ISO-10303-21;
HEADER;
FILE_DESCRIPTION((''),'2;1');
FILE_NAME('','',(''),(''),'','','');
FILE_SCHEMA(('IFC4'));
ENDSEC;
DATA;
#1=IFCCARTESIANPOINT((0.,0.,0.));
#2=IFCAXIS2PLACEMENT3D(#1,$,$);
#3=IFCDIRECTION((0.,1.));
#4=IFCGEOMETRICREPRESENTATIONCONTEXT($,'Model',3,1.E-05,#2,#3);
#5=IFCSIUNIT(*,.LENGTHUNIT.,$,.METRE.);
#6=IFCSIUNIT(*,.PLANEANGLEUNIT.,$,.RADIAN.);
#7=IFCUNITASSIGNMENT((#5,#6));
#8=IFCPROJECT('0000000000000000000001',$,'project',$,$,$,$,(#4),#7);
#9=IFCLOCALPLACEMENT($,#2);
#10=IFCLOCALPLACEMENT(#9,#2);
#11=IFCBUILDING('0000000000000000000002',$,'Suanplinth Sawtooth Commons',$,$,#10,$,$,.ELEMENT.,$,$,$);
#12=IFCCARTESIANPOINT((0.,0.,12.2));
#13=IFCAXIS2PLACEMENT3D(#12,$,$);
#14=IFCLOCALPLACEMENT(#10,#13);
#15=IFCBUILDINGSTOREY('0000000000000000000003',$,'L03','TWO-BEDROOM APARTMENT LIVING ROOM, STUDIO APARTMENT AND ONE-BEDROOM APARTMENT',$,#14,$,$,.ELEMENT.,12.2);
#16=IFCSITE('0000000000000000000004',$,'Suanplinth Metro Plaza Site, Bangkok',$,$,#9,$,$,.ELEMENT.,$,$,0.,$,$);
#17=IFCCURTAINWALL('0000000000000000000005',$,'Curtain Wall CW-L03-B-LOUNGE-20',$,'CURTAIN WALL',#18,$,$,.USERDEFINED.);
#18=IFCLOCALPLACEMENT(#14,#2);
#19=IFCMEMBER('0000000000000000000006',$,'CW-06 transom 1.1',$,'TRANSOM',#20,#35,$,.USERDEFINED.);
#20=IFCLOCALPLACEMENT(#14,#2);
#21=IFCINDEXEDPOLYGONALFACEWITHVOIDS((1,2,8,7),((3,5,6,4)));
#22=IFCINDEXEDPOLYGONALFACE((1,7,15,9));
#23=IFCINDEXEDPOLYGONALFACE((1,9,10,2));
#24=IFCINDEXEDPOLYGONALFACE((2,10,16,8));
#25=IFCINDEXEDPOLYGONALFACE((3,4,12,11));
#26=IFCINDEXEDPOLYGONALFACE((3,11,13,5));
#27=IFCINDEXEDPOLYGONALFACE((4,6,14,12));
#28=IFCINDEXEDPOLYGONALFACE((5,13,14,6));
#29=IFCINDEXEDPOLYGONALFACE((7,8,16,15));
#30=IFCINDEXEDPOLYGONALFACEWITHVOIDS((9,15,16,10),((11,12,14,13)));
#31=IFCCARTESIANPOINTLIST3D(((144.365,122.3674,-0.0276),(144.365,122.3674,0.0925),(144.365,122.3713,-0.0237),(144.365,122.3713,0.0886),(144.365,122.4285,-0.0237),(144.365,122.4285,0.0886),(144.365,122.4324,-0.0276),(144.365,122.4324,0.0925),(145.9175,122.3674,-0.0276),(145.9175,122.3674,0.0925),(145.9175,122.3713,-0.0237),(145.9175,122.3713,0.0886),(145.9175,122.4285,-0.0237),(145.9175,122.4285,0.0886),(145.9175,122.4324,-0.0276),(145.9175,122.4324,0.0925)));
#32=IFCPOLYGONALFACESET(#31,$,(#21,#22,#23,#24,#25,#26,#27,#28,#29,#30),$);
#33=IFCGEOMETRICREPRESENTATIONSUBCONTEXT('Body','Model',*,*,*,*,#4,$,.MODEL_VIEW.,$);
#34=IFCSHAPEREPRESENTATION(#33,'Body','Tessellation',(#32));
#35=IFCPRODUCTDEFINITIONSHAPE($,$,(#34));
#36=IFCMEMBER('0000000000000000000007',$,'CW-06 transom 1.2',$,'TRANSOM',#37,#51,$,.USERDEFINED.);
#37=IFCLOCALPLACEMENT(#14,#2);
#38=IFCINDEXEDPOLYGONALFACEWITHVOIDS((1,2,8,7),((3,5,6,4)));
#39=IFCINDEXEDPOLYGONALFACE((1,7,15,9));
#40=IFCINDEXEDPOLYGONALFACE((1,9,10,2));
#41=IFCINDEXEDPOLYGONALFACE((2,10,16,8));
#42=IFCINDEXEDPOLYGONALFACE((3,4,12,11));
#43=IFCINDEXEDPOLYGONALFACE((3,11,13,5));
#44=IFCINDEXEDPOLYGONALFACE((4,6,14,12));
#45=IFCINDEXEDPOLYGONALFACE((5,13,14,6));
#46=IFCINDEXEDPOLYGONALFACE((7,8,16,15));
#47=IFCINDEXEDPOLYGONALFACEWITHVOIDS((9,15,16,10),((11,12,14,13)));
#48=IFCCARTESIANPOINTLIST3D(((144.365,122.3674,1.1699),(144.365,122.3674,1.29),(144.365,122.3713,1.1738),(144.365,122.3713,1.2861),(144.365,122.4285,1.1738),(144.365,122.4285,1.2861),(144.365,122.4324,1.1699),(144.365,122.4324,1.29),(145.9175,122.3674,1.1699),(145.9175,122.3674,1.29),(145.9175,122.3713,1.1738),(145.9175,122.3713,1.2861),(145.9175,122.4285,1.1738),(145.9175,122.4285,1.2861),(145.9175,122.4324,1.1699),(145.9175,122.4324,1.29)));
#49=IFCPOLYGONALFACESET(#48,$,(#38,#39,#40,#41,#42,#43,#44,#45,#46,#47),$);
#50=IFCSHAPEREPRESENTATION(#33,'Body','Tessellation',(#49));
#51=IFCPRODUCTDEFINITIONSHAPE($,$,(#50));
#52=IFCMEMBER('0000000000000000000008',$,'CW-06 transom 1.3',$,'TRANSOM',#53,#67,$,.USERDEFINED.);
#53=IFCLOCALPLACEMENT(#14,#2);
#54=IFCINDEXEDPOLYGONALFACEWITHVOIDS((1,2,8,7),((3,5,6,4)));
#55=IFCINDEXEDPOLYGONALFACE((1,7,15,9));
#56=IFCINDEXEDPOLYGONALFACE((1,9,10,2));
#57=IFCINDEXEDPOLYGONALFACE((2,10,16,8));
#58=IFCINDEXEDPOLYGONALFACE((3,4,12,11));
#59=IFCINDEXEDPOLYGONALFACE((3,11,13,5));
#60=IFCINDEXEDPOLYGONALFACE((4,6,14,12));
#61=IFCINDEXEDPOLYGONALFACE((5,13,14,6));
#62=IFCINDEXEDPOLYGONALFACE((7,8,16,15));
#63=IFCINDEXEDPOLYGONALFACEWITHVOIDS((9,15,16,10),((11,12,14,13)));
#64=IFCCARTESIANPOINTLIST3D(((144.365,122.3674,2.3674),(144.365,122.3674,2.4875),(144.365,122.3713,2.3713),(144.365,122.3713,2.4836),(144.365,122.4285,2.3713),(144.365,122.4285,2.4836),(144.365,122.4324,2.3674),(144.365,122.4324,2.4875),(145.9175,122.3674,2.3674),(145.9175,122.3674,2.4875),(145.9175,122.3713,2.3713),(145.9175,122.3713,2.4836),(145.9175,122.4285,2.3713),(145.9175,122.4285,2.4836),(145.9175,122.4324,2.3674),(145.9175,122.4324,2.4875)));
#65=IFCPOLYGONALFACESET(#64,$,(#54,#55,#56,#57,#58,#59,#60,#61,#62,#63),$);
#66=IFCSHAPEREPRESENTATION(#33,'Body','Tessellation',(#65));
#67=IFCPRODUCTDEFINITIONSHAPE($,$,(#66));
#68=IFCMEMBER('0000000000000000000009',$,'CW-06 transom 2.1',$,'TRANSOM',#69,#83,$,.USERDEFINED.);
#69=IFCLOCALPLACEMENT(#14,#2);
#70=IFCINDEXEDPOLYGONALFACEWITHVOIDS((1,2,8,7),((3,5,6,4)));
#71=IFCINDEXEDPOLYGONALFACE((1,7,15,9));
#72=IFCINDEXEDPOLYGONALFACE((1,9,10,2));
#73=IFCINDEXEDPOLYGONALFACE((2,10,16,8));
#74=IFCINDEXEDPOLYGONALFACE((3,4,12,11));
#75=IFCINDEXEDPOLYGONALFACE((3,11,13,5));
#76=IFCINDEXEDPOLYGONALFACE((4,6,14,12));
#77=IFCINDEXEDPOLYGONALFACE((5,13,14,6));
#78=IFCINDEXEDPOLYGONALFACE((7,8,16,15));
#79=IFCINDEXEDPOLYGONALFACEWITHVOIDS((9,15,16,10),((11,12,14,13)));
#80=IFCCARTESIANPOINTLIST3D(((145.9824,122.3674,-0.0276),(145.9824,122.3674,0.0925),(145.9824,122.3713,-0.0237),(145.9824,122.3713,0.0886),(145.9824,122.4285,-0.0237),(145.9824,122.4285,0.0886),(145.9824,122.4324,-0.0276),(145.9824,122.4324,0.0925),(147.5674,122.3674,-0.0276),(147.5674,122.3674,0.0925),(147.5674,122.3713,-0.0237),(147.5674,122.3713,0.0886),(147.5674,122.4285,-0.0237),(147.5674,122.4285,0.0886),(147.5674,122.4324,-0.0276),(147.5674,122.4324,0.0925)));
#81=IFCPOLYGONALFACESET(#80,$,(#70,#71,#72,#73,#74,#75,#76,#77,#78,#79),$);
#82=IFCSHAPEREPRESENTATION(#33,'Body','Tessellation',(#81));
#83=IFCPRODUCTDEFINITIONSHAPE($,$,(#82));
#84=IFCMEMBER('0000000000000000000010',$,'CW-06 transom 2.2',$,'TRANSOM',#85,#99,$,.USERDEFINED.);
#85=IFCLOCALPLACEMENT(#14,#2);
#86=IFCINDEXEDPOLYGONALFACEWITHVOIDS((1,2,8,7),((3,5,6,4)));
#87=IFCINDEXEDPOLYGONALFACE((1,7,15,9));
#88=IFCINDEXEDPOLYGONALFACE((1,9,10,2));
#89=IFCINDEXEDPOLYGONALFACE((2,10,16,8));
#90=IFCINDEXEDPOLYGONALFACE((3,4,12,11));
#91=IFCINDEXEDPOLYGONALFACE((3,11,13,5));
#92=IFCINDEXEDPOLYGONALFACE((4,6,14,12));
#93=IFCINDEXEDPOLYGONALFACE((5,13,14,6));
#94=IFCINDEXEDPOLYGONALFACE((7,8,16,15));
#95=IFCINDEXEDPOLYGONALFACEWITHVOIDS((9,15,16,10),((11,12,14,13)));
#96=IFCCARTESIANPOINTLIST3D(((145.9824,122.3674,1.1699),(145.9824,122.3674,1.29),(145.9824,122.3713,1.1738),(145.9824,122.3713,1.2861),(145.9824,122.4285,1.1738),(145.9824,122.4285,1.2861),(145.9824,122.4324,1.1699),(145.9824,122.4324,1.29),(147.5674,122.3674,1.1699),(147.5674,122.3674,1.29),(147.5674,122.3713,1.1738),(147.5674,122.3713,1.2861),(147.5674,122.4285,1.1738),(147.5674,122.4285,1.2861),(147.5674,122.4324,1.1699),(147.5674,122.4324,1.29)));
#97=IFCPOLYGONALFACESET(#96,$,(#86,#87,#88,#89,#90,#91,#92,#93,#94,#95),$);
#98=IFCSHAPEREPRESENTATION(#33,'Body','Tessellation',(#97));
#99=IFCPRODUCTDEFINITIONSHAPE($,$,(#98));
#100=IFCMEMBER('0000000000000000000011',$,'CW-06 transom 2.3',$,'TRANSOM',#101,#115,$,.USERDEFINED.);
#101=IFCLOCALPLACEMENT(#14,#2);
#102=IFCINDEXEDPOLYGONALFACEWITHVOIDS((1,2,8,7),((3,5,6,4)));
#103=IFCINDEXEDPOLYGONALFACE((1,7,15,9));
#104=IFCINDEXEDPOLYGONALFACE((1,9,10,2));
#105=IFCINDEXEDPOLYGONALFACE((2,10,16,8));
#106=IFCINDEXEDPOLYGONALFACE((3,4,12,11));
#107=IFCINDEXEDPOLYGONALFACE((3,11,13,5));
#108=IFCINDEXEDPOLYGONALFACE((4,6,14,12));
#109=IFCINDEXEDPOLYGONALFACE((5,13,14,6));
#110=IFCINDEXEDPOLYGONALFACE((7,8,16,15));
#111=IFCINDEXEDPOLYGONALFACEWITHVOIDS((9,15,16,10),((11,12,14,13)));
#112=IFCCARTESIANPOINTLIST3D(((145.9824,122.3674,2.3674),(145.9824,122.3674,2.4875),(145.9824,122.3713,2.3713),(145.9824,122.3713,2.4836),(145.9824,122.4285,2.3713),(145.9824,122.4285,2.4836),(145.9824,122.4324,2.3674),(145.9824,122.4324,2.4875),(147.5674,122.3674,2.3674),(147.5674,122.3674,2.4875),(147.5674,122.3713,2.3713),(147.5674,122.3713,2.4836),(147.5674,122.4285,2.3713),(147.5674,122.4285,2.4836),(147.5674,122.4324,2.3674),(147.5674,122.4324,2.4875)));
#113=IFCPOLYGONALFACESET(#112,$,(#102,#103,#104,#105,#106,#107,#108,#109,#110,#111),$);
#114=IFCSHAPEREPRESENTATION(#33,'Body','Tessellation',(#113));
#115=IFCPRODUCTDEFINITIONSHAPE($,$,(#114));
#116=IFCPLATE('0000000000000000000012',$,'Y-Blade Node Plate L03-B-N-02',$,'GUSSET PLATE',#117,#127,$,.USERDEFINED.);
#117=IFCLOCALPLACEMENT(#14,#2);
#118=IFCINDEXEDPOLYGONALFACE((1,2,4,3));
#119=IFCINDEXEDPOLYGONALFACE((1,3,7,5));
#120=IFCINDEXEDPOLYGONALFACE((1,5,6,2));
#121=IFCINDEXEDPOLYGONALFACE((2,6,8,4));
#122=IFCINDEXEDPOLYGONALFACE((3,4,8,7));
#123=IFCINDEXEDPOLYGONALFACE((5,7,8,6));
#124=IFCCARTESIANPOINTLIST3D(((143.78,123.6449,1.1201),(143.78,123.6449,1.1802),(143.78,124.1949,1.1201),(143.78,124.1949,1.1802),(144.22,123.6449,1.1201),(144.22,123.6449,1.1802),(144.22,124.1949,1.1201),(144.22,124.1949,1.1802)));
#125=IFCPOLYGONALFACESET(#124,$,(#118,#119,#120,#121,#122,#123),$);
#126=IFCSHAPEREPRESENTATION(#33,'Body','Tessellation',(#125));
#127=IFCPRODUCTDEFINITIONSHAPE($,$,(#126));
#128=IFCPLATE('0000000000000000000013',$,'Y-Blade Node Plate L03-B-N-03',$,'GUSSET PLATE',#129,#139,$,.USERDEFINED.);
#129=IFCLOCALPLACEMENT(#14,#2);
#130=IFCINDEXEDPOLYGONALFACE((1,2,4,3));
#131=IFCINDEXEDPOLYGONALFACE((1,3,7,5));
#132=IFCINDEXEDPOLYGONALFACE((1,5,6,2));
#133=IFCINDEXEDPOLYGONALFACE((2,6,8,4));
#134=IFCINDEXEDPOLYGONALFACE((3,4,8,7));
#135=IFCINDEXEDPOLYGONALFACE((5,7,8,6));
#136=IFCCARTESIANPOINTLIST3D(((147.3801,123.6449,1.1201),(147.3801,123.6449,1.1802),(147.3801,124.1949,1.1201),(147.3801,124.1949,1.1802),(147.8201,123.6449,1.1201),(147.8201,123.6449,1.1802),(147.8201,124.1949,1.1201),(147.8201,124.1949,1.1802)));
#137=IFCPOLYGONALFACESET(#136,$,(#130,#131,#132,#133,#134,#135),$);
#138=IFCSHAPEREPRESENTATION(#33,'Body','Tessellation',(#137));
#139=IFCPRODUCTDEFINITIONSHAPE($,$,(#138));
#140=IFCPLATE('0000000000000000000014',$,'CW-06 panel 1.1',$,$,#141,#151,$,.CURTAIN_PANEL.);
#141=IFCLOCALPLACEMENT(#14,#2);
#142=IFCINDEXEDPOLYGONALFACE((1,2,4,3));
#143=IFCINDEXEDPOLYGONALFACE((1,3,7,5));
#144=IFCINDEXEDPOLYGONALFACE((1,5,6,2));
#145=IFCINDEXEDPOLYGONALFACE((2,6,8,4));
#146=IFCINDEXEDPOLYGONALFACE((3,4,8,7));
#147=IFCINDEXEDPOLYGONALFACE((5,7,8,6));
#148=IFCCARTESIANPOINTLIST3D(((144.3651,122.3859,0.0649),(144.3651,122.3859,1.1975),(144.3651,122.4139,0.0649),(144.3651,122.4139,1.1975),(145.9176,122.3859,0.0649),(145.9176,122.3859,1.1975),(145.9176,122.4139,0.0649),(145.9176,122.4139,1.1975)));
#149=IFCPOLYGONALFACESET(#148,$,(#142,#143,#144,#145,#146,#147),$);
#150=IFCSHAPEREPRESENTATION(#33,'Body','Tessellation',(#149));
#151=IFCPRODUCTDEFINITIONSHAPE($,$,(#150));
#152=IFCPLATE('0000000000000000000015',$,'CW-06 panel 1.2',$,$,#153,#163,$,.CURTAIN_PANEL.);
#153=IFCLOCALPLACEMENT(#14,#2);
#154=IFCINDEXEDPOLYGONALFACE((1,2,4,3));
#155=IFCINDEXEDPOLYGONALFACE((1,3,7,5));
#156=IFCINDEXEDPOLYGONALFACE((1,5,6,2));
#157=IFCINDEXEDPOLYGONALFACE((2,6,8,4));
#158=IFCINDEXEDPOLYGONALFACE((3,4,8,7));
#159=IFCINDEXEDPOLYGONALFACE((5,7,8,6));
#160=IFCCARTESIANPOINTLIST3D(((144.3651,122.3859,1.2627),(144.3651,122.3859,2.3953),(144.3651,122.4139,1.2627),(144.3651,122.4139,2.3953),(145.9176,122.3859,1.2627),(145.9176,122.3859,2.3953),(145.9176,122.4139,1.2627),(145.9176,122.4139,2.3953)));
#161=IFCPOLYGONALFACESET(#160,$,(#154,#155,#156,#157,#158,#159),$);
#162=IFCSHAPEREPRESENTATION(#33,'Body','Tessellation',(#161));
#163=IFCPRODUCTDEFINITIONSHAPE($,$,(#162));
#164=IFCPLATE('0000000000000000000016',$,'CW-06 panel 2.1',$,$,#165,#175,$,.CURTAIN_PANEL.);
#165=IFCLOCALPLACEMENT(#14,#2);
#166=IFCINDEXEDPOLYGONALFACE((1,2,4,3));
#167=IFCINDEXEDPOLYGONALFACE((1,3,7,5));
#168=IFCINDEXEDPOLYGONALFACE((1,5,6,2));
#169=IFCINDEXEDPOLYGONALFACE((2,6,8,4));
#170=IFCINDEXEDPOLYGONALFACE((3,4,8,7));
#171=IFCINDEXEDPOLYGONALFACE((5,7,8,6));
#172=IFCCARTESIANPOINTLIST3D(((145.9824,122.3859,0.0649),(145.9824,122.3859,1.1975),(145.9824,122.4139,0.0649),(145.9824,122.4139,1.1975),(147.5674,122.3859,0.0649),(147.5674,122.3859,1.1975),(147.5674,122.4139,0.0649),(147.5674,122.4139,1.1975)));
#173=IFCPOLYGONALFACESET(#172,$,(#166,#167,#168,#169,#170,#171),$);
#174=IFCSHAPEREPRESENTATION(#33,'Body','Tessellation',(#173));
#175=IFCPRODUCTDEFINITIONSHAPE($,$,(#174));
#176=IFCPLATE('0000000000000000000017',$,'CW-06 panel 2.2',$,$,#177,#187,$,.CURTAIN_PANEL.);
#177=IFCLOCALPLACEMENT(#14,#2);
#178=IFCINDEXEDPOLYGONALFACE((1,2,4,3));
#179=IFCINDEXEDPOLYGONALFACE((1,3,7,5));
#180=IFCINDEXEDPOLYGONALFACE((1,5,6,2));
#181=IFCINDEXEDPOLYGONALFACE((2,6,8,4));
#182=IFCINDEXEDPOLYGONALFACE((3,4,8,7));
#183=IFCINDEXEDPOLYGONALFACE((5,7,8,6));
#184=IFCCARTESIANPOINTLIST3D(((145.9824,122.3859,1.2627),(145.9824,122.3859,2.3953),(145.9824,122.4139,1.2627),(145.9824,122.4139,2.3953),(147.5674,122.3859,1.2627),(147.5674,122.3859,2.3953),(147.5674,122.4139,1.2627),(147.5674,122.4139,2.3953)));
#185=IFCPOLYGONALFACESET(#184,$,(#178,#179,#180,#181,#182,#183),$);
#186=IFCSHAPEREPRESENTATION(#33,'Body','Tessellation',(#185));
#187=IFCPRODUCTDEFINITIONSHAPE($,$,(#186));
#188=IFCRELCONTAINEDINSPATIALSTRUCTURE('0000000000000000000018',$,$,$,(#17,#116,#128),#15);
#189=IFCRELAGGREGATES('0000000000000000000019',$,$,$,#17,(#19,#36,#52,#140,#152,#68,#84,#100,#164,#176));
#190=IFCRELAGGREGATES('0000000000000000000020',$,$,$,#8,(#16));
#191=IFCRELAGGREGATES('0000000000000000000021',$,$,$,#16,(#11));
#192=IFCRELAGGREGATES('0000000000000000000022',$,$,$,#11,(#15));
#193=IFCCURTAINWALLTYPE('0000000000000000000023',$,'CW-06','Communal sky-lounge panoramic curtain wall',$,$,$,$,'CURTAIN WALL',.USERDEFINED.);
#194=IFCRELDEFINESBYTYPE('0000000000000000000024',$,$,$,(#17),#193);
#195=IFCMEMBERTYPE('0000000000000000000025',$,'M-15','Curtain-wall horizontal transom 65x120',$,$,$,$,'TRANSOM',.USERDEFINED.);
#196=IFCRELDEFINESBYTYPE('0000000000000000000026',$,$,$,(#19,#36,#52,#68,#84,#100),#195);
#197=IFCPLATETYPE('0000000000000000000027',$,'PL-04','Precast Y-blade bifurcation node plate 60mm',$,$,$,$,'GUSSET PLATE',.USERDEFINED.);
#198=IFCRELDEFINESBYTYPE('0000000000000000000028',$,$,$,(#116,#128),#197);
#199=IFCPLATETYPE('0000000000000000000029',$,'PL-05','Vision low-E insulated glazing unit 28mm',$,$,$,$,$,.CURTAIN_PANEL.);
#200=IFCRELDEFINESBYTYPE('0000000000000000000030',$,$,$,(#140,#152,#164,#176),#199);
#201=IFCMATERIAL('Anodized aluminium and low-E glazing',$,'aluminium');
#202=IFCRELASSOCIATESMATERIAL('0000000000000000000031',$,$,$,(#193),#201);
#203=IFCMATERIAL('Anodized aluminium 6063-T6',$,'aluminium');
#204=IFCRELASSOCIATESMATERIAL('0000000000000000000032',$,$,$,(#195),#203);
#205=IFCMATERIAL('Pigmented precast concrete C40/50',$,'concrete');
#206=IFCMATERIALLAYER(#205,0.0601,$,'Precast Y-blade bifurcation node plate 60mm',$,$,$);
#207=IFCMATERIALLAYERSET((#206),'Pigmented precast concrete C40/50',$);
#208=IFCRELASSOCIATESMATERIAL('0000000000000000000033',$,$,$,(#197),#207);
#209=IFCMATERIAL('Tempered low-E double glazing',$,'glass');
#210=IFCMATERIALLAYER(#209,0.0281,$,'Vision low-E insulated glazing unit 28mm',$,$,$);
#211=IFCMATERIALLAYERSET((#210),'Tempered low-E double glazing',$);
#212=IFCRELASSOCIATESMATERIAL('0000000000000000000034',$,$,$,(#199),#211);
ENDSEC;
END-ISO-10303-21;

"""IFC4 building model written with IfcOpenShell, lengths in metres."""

from ifc_helpers import new_model, si_unit, direction, frame, origin, origin_2d, place, context, subcontext, project, spatial, rectangle, hollow_rectangle, extrude, material, layer, layer_set, material_profile, profile_set, type_object, element, aggregate, save


model = new_model("IFC4")

# Units and contexts
model_context = context("Model", 3, precision=1e-05, world=origin(), true_north=direction((0.0, 1.0)))
body_context = subcontext(model_context, "Body", "Model", "MODEL_VIEW")
ifc_project = project(units=[si_unit("LENGTHUNIT", "METRE"), si_unit("PLANEANGLEUNIT", "RADIAN")], contexts=[model_context])

# Site, building, storey
site_placement = place(None, origin())
site = spatial("IfcSite", under=ifc_project, at=site_placement, Name="Suanplinth Metro Plaza Site, Bangkok", CompositionType="ELEMENT", RefElevation=0.0)
building_placement = place(site_placement, origin())
building = spatial("IfcBuilding", under=site, at=building_placement, Name="Suanplinth Sawtooth Commons", CompositionType="ELEMENT")
storey_placement = place(building_placement, frame((0.0, 0.0, 12.2)))
storey = spatial("IfcBuildingStorey", under=building, at=storey_placement, Name="L03", Description="TWO-BEDROOM APARTMENT LIVING ROOM, STUDIO APARTMENT AND ONE-BEDROOM APARTMENT", CompositionType="ELEMENT", Elevation=12.2)

# Shared definitions
ifc_material_1 = material(Name="Pigmented precast concrete C40/50", Category="concrete")

# Curtain wall, members
ifc_material_2 = material(Name="Anodized aluminium and low-E glazing", Category="aluminium")
curtain_wall_type = type_object("IfcCurtainWallType", Name="CW-06", Description="Communal sky-lounge panoramic curtain wall", ElementType="CURTAIN WALL", PredefinedType="USERDEFINED", material=ifc_material_2)
curtain_wall_placement = place(storey_placement, origin())
curtain_wall = element("IfcCurtainWall", 1, at=curtain_wall_placement, inside=storey, type_object=curtain_wall_type, Name="Curtain Wall CW-L03-B-LOUNGE-20", ObjectType="CURTAIN WALL", PredefinedType="USERDEFINED")
ifc_material_3 = material(Name="Anodized aluminium 6063-T6", Category="aluminium")
ifc_material_profile_1 = material_profile(ifc_material_3, hollow_rectangle(XDim=0.0649, YDim=0.1201, WallThickness=0.0039, at=origin_2d()), Name="ALU-TRN 65x120")
ifc_profile_set_1 = profile_set([ifc_material_profile_1], Name="Anodized aluminium 6063-T6")
member_type_1 = type_object("IfcMemberType", Name="M-15", Description="Curtain-wall horizontal transom 65x120", ElementType="TRANSOM", PredefinedType="USERDEFINED", material=ifc_profile_set_1)
member_1_placement = place(storey_placement, frame((144.365, 122.3999, 0.0325), z_axis=(1.0, 0.0, 0.0), x_axis=(0.0, 1.0, 0.0)))
member_1 = element("IfcMember", 2, at=member_1_placement, type_object=member_type_1, Name="CW-06 transom 1.1", ObjectType="TRANSOM", PredefinedType="USERDEFINED", context=body_context, shape_type="SweptSolid", body=[
    extrude(hollow_rectangle(XDim=0.0649, YDim=0.1201, WallThickness=0.0039, at=origin_2d()), origin(), (0.0, 0.0, 1.0), 1.5525),
])
member_2_placement = place(storey_placement, frame((144.365, 122.3999, 1.23), z_axis=(1.0, 0.0, 0.0), x_axis=(0.0, 1.0, 0.0)))
member_2 = element("IfcMember", 3, at=member_2_placement, type_object=member_type_1, Name="CW-06 transom 1.2", ObjectType="TRANSOM", PredefinedType="USERDEFINED", context=body_context, shape_type="SweptSolid", body=[
    extrude(hollow_rectangle(XDim=0.0649, YDim=0.1201, WallThickness=0.0039, at=origin_2d()), origin(), (0.0, 0.0, 1.0), 1.5525),
])
member_3_placement = place(storey_placement, frame((144.365, 122.3999, 2.4275), z_axis=(1.0, 0.0, 0.0), x_axis=(0.0, 1.0, 0.0)))
member_3 = element("IfcMember", 4, at=member_3_placement, type_object=member_type_1, Name="CW-06 transom 1.3", ObjectType="TRANSOM", PredefinedType="USERDEFINED", context=body_context, shape_type="SweptSolid", body=[
    extrude(hollow_rectangle(XDim=0.0649, YDim=0.1201, WallThickness=0.0039, at=origin_2d()), origin(), (0.0, 0.0, 1.0), 1.5525),
])
member_4_placement = place(storey_placement, frame((145.9824, 122.3999, 0.0325), z_axis=(1.0, 0.0, 0.0), x_axis=(0.0, 1.0, 0.0)))
member_4 = element("IfcMember", 5, at=member_4_placement, type_object=member_type_1, Name="CW-06 transom 2.1", ObjectType="TRANSOM", PredefinedType="USERDEFINED", context=body_context, shape_type="SweptSolid", body=[
    extrude(hollow_rectangle(XDim=0.0649, YDim=0.1201, WallThickness=0.0039, at=origin_2d()), origin(), (0.0, 0.0, 1.0), 1.585),
])
member_5_placement = place(storey_placement, frame((145.9824, 122.3999, 1.23), z_axis=(1.0, 0.0, 0.0), x_axis=(0.0, 1.0, 0.0)))
member_5 = element("IfcMember", 6, at=member_5_placement, type_object=member_type_1, Name="CW-06 transom 2.2", ObjectType="TRANSOM", PredefinedType="USERDEFINED", context=body_context, shape_type="SweptSolid", body=[
    extrude(hollow_rectangle(XDim=0.0649, YDim=0.1201, WallThickness=0.0039, at=origin_2d()), origin(), (0.0, 0.0, 1.0), 1.585),
])
member_6_placement = place(storey_placement, frame((145.9824, 122.3999, 2.4275), z_axis=(1.0, 0.0, 0.0), x_axis=(0.0, 1.0, 0.0)))
member_6 = element("IfcMember", 7, at=member_6_placement, type_object=member_type_1, Name="CW-06 transom 2.3", ObjectType="TRANSOM", PredefinedType="USERDEFINED", context=body_context, shape_type="SweptSolid", body=[
    extrude(hollow_rectangle(XDim=0.0649, YDim=0.1201, WallThickness=0.0039, at=origin_2d()), origin(), (0.0, 0.0, 1.0), 1.585),
])

# Plates
ifc_layer_1 = layer(ifc_material_1, 0.0601, Name="Precast Y-blade bifurcation node plate 60mm")
ifc_layer_set_1 = layer_set([ifc_layer_1], Name="Pigmented precast concrete C40/50")
plate_type_1 = type_object("IfcPlateType", Name="PL-04", Description="Precast Y-blade bifurcation node plate 60mm", ElementType="GUSSET PLATE", PredefinedType="USERDEFINED", material=ifc_layer_set_1)
for number, where, z_axis, x_axis, name in (
    (8, (144.0, 123.9199, 1.1201), (0.0, 0.0, 1.0), (1.0, 0.0, 0.0), "Y-Blade Node Plate L03-B-N-02"),
    (9, (147.6001, 123.9199, 1.1201), (0.0, 0.0, 1.0), (1.0, 0.0, 0.0), "Y-Blade Node Plate L03-B-N-03"),
):
    element("IfcPlate", number, at=place(storey_placement, frame(where, z_axis=z_axis, x_axis=x_axis)), inside=storey, type_object=plate_type_1, Name=name, ObjectType="GUSSET PLATE", PredefinedType="USERDEFINED", context=body_context, shape_type="SweptSolid", body=[
        extrude(rectangle(XDim=0.4399, YDim=0.55, at=origin_2d()), origin(), (0.0, 0.0, 1.0), 0.0601),
    ])

# Plates
ifc_material_4 = material(Name="Tempered low-E double glazing", Category="glass")
ifc_layer_2 = layer(ifc_material_4, 0.0281, Name="Vision low-E insulated glazing unit 28mm")
ifc_layer_set_2 = layer_set([ifc_layer_2], Name="Tempered low-E double glazing")
plate_type_2 = type_object("IfcPlateType", Name="PL-05", Description="Vision low-E insulated glazing unit 28mm", PredefinedType="CURTAIN_PANEL", material=ifc_layer_set_2)
plate_1_placement = place(storey_placement, frame((145.1414, 122.3999, 0.0649), z_axis=(0.0, 0.0, 1.0), x_axis=(1.0, 0.0, 0.0)))
plate_1 = element("IfcPlate", 10, at=plate_1_placement, type_object=plate_type_2, Name="CW-06 panel 1.1", PredefinedType="CURTAIN_PANEL", context=body_context, shape_type="SweptSolid", body=[
    extrude(rectangle(XDim=1.5525, YDim=0.0281, at=origin_2d()), origin(), (0.0, 0.0, 1.0), 1.1326),
])
plate_2_placement = place(storey_placement, frame((145.1414, 122.3999, 1.2627), z_axis=(0.0, 0.0, 1.0), x_axis=(1.0, 0.0, 0.0)))
plate_2 = element("IfcPlate", 11, at=plate_2_placement, type_object=plate_type_2, Name="CW-06 panel 1.2", PredefinedType="CURTAIN_PANEL", context=body_context, shape_type="SweptSolid", body=[
    extrude(rectangle(XDim=1.5525, YDim=0.0281, at=origin_2d()), origin(), (0.0, 0.0, 1.0), 1.1326),
])
plate_3_placement = place(storey_placement, frame((146.7749, 122.3999, 0.0649), z_axis=(0.0, 0.0, 1.0), x_axis=(1.0, 0.0, 0.0)))
plate_3 = element("IfcPlate", 12, at=plate_3_placement, type_object=plate_type_2, Name="CW-06 panel 2.1", PredefinedType="CURTAIN_PANEL", context=body_context, shape_type="SweptSolid", body=[
    extrude(rectangle(XDim=1.585, YDim=0.0281, at=origin_2d()), origin(), (0.0, 0.0, 1.0), 1.1326),
])
plate_4_placement = place(storey_placement, frame((146.7749, 122.3999, 1.2627), z_axis=(0.0, 0.0, 1.0), x_axis=(1.0, 0.0, 0.0)))
plate_4 = element("IfcPlate", 13, at=plate_4_placement, type_object=plate_type_2, Name="CW-06 panel 2.2", PredefinedType="CURTAIN_PANEL", context=body_context, shape_type="SweptSolid", body=[
    extrude(rectangle(XDim=1.585, YDim=0.0281, at=origin_2d()), origin(), (0.0, 0.0, 1.0), 1.1326),
])
aggregate(curtain_wall, [member_1, member_2, member_3, plate_1, plate_2, member_4, member_5, member_6, plate_3, plate_4])

save(model, "model.ifc")
